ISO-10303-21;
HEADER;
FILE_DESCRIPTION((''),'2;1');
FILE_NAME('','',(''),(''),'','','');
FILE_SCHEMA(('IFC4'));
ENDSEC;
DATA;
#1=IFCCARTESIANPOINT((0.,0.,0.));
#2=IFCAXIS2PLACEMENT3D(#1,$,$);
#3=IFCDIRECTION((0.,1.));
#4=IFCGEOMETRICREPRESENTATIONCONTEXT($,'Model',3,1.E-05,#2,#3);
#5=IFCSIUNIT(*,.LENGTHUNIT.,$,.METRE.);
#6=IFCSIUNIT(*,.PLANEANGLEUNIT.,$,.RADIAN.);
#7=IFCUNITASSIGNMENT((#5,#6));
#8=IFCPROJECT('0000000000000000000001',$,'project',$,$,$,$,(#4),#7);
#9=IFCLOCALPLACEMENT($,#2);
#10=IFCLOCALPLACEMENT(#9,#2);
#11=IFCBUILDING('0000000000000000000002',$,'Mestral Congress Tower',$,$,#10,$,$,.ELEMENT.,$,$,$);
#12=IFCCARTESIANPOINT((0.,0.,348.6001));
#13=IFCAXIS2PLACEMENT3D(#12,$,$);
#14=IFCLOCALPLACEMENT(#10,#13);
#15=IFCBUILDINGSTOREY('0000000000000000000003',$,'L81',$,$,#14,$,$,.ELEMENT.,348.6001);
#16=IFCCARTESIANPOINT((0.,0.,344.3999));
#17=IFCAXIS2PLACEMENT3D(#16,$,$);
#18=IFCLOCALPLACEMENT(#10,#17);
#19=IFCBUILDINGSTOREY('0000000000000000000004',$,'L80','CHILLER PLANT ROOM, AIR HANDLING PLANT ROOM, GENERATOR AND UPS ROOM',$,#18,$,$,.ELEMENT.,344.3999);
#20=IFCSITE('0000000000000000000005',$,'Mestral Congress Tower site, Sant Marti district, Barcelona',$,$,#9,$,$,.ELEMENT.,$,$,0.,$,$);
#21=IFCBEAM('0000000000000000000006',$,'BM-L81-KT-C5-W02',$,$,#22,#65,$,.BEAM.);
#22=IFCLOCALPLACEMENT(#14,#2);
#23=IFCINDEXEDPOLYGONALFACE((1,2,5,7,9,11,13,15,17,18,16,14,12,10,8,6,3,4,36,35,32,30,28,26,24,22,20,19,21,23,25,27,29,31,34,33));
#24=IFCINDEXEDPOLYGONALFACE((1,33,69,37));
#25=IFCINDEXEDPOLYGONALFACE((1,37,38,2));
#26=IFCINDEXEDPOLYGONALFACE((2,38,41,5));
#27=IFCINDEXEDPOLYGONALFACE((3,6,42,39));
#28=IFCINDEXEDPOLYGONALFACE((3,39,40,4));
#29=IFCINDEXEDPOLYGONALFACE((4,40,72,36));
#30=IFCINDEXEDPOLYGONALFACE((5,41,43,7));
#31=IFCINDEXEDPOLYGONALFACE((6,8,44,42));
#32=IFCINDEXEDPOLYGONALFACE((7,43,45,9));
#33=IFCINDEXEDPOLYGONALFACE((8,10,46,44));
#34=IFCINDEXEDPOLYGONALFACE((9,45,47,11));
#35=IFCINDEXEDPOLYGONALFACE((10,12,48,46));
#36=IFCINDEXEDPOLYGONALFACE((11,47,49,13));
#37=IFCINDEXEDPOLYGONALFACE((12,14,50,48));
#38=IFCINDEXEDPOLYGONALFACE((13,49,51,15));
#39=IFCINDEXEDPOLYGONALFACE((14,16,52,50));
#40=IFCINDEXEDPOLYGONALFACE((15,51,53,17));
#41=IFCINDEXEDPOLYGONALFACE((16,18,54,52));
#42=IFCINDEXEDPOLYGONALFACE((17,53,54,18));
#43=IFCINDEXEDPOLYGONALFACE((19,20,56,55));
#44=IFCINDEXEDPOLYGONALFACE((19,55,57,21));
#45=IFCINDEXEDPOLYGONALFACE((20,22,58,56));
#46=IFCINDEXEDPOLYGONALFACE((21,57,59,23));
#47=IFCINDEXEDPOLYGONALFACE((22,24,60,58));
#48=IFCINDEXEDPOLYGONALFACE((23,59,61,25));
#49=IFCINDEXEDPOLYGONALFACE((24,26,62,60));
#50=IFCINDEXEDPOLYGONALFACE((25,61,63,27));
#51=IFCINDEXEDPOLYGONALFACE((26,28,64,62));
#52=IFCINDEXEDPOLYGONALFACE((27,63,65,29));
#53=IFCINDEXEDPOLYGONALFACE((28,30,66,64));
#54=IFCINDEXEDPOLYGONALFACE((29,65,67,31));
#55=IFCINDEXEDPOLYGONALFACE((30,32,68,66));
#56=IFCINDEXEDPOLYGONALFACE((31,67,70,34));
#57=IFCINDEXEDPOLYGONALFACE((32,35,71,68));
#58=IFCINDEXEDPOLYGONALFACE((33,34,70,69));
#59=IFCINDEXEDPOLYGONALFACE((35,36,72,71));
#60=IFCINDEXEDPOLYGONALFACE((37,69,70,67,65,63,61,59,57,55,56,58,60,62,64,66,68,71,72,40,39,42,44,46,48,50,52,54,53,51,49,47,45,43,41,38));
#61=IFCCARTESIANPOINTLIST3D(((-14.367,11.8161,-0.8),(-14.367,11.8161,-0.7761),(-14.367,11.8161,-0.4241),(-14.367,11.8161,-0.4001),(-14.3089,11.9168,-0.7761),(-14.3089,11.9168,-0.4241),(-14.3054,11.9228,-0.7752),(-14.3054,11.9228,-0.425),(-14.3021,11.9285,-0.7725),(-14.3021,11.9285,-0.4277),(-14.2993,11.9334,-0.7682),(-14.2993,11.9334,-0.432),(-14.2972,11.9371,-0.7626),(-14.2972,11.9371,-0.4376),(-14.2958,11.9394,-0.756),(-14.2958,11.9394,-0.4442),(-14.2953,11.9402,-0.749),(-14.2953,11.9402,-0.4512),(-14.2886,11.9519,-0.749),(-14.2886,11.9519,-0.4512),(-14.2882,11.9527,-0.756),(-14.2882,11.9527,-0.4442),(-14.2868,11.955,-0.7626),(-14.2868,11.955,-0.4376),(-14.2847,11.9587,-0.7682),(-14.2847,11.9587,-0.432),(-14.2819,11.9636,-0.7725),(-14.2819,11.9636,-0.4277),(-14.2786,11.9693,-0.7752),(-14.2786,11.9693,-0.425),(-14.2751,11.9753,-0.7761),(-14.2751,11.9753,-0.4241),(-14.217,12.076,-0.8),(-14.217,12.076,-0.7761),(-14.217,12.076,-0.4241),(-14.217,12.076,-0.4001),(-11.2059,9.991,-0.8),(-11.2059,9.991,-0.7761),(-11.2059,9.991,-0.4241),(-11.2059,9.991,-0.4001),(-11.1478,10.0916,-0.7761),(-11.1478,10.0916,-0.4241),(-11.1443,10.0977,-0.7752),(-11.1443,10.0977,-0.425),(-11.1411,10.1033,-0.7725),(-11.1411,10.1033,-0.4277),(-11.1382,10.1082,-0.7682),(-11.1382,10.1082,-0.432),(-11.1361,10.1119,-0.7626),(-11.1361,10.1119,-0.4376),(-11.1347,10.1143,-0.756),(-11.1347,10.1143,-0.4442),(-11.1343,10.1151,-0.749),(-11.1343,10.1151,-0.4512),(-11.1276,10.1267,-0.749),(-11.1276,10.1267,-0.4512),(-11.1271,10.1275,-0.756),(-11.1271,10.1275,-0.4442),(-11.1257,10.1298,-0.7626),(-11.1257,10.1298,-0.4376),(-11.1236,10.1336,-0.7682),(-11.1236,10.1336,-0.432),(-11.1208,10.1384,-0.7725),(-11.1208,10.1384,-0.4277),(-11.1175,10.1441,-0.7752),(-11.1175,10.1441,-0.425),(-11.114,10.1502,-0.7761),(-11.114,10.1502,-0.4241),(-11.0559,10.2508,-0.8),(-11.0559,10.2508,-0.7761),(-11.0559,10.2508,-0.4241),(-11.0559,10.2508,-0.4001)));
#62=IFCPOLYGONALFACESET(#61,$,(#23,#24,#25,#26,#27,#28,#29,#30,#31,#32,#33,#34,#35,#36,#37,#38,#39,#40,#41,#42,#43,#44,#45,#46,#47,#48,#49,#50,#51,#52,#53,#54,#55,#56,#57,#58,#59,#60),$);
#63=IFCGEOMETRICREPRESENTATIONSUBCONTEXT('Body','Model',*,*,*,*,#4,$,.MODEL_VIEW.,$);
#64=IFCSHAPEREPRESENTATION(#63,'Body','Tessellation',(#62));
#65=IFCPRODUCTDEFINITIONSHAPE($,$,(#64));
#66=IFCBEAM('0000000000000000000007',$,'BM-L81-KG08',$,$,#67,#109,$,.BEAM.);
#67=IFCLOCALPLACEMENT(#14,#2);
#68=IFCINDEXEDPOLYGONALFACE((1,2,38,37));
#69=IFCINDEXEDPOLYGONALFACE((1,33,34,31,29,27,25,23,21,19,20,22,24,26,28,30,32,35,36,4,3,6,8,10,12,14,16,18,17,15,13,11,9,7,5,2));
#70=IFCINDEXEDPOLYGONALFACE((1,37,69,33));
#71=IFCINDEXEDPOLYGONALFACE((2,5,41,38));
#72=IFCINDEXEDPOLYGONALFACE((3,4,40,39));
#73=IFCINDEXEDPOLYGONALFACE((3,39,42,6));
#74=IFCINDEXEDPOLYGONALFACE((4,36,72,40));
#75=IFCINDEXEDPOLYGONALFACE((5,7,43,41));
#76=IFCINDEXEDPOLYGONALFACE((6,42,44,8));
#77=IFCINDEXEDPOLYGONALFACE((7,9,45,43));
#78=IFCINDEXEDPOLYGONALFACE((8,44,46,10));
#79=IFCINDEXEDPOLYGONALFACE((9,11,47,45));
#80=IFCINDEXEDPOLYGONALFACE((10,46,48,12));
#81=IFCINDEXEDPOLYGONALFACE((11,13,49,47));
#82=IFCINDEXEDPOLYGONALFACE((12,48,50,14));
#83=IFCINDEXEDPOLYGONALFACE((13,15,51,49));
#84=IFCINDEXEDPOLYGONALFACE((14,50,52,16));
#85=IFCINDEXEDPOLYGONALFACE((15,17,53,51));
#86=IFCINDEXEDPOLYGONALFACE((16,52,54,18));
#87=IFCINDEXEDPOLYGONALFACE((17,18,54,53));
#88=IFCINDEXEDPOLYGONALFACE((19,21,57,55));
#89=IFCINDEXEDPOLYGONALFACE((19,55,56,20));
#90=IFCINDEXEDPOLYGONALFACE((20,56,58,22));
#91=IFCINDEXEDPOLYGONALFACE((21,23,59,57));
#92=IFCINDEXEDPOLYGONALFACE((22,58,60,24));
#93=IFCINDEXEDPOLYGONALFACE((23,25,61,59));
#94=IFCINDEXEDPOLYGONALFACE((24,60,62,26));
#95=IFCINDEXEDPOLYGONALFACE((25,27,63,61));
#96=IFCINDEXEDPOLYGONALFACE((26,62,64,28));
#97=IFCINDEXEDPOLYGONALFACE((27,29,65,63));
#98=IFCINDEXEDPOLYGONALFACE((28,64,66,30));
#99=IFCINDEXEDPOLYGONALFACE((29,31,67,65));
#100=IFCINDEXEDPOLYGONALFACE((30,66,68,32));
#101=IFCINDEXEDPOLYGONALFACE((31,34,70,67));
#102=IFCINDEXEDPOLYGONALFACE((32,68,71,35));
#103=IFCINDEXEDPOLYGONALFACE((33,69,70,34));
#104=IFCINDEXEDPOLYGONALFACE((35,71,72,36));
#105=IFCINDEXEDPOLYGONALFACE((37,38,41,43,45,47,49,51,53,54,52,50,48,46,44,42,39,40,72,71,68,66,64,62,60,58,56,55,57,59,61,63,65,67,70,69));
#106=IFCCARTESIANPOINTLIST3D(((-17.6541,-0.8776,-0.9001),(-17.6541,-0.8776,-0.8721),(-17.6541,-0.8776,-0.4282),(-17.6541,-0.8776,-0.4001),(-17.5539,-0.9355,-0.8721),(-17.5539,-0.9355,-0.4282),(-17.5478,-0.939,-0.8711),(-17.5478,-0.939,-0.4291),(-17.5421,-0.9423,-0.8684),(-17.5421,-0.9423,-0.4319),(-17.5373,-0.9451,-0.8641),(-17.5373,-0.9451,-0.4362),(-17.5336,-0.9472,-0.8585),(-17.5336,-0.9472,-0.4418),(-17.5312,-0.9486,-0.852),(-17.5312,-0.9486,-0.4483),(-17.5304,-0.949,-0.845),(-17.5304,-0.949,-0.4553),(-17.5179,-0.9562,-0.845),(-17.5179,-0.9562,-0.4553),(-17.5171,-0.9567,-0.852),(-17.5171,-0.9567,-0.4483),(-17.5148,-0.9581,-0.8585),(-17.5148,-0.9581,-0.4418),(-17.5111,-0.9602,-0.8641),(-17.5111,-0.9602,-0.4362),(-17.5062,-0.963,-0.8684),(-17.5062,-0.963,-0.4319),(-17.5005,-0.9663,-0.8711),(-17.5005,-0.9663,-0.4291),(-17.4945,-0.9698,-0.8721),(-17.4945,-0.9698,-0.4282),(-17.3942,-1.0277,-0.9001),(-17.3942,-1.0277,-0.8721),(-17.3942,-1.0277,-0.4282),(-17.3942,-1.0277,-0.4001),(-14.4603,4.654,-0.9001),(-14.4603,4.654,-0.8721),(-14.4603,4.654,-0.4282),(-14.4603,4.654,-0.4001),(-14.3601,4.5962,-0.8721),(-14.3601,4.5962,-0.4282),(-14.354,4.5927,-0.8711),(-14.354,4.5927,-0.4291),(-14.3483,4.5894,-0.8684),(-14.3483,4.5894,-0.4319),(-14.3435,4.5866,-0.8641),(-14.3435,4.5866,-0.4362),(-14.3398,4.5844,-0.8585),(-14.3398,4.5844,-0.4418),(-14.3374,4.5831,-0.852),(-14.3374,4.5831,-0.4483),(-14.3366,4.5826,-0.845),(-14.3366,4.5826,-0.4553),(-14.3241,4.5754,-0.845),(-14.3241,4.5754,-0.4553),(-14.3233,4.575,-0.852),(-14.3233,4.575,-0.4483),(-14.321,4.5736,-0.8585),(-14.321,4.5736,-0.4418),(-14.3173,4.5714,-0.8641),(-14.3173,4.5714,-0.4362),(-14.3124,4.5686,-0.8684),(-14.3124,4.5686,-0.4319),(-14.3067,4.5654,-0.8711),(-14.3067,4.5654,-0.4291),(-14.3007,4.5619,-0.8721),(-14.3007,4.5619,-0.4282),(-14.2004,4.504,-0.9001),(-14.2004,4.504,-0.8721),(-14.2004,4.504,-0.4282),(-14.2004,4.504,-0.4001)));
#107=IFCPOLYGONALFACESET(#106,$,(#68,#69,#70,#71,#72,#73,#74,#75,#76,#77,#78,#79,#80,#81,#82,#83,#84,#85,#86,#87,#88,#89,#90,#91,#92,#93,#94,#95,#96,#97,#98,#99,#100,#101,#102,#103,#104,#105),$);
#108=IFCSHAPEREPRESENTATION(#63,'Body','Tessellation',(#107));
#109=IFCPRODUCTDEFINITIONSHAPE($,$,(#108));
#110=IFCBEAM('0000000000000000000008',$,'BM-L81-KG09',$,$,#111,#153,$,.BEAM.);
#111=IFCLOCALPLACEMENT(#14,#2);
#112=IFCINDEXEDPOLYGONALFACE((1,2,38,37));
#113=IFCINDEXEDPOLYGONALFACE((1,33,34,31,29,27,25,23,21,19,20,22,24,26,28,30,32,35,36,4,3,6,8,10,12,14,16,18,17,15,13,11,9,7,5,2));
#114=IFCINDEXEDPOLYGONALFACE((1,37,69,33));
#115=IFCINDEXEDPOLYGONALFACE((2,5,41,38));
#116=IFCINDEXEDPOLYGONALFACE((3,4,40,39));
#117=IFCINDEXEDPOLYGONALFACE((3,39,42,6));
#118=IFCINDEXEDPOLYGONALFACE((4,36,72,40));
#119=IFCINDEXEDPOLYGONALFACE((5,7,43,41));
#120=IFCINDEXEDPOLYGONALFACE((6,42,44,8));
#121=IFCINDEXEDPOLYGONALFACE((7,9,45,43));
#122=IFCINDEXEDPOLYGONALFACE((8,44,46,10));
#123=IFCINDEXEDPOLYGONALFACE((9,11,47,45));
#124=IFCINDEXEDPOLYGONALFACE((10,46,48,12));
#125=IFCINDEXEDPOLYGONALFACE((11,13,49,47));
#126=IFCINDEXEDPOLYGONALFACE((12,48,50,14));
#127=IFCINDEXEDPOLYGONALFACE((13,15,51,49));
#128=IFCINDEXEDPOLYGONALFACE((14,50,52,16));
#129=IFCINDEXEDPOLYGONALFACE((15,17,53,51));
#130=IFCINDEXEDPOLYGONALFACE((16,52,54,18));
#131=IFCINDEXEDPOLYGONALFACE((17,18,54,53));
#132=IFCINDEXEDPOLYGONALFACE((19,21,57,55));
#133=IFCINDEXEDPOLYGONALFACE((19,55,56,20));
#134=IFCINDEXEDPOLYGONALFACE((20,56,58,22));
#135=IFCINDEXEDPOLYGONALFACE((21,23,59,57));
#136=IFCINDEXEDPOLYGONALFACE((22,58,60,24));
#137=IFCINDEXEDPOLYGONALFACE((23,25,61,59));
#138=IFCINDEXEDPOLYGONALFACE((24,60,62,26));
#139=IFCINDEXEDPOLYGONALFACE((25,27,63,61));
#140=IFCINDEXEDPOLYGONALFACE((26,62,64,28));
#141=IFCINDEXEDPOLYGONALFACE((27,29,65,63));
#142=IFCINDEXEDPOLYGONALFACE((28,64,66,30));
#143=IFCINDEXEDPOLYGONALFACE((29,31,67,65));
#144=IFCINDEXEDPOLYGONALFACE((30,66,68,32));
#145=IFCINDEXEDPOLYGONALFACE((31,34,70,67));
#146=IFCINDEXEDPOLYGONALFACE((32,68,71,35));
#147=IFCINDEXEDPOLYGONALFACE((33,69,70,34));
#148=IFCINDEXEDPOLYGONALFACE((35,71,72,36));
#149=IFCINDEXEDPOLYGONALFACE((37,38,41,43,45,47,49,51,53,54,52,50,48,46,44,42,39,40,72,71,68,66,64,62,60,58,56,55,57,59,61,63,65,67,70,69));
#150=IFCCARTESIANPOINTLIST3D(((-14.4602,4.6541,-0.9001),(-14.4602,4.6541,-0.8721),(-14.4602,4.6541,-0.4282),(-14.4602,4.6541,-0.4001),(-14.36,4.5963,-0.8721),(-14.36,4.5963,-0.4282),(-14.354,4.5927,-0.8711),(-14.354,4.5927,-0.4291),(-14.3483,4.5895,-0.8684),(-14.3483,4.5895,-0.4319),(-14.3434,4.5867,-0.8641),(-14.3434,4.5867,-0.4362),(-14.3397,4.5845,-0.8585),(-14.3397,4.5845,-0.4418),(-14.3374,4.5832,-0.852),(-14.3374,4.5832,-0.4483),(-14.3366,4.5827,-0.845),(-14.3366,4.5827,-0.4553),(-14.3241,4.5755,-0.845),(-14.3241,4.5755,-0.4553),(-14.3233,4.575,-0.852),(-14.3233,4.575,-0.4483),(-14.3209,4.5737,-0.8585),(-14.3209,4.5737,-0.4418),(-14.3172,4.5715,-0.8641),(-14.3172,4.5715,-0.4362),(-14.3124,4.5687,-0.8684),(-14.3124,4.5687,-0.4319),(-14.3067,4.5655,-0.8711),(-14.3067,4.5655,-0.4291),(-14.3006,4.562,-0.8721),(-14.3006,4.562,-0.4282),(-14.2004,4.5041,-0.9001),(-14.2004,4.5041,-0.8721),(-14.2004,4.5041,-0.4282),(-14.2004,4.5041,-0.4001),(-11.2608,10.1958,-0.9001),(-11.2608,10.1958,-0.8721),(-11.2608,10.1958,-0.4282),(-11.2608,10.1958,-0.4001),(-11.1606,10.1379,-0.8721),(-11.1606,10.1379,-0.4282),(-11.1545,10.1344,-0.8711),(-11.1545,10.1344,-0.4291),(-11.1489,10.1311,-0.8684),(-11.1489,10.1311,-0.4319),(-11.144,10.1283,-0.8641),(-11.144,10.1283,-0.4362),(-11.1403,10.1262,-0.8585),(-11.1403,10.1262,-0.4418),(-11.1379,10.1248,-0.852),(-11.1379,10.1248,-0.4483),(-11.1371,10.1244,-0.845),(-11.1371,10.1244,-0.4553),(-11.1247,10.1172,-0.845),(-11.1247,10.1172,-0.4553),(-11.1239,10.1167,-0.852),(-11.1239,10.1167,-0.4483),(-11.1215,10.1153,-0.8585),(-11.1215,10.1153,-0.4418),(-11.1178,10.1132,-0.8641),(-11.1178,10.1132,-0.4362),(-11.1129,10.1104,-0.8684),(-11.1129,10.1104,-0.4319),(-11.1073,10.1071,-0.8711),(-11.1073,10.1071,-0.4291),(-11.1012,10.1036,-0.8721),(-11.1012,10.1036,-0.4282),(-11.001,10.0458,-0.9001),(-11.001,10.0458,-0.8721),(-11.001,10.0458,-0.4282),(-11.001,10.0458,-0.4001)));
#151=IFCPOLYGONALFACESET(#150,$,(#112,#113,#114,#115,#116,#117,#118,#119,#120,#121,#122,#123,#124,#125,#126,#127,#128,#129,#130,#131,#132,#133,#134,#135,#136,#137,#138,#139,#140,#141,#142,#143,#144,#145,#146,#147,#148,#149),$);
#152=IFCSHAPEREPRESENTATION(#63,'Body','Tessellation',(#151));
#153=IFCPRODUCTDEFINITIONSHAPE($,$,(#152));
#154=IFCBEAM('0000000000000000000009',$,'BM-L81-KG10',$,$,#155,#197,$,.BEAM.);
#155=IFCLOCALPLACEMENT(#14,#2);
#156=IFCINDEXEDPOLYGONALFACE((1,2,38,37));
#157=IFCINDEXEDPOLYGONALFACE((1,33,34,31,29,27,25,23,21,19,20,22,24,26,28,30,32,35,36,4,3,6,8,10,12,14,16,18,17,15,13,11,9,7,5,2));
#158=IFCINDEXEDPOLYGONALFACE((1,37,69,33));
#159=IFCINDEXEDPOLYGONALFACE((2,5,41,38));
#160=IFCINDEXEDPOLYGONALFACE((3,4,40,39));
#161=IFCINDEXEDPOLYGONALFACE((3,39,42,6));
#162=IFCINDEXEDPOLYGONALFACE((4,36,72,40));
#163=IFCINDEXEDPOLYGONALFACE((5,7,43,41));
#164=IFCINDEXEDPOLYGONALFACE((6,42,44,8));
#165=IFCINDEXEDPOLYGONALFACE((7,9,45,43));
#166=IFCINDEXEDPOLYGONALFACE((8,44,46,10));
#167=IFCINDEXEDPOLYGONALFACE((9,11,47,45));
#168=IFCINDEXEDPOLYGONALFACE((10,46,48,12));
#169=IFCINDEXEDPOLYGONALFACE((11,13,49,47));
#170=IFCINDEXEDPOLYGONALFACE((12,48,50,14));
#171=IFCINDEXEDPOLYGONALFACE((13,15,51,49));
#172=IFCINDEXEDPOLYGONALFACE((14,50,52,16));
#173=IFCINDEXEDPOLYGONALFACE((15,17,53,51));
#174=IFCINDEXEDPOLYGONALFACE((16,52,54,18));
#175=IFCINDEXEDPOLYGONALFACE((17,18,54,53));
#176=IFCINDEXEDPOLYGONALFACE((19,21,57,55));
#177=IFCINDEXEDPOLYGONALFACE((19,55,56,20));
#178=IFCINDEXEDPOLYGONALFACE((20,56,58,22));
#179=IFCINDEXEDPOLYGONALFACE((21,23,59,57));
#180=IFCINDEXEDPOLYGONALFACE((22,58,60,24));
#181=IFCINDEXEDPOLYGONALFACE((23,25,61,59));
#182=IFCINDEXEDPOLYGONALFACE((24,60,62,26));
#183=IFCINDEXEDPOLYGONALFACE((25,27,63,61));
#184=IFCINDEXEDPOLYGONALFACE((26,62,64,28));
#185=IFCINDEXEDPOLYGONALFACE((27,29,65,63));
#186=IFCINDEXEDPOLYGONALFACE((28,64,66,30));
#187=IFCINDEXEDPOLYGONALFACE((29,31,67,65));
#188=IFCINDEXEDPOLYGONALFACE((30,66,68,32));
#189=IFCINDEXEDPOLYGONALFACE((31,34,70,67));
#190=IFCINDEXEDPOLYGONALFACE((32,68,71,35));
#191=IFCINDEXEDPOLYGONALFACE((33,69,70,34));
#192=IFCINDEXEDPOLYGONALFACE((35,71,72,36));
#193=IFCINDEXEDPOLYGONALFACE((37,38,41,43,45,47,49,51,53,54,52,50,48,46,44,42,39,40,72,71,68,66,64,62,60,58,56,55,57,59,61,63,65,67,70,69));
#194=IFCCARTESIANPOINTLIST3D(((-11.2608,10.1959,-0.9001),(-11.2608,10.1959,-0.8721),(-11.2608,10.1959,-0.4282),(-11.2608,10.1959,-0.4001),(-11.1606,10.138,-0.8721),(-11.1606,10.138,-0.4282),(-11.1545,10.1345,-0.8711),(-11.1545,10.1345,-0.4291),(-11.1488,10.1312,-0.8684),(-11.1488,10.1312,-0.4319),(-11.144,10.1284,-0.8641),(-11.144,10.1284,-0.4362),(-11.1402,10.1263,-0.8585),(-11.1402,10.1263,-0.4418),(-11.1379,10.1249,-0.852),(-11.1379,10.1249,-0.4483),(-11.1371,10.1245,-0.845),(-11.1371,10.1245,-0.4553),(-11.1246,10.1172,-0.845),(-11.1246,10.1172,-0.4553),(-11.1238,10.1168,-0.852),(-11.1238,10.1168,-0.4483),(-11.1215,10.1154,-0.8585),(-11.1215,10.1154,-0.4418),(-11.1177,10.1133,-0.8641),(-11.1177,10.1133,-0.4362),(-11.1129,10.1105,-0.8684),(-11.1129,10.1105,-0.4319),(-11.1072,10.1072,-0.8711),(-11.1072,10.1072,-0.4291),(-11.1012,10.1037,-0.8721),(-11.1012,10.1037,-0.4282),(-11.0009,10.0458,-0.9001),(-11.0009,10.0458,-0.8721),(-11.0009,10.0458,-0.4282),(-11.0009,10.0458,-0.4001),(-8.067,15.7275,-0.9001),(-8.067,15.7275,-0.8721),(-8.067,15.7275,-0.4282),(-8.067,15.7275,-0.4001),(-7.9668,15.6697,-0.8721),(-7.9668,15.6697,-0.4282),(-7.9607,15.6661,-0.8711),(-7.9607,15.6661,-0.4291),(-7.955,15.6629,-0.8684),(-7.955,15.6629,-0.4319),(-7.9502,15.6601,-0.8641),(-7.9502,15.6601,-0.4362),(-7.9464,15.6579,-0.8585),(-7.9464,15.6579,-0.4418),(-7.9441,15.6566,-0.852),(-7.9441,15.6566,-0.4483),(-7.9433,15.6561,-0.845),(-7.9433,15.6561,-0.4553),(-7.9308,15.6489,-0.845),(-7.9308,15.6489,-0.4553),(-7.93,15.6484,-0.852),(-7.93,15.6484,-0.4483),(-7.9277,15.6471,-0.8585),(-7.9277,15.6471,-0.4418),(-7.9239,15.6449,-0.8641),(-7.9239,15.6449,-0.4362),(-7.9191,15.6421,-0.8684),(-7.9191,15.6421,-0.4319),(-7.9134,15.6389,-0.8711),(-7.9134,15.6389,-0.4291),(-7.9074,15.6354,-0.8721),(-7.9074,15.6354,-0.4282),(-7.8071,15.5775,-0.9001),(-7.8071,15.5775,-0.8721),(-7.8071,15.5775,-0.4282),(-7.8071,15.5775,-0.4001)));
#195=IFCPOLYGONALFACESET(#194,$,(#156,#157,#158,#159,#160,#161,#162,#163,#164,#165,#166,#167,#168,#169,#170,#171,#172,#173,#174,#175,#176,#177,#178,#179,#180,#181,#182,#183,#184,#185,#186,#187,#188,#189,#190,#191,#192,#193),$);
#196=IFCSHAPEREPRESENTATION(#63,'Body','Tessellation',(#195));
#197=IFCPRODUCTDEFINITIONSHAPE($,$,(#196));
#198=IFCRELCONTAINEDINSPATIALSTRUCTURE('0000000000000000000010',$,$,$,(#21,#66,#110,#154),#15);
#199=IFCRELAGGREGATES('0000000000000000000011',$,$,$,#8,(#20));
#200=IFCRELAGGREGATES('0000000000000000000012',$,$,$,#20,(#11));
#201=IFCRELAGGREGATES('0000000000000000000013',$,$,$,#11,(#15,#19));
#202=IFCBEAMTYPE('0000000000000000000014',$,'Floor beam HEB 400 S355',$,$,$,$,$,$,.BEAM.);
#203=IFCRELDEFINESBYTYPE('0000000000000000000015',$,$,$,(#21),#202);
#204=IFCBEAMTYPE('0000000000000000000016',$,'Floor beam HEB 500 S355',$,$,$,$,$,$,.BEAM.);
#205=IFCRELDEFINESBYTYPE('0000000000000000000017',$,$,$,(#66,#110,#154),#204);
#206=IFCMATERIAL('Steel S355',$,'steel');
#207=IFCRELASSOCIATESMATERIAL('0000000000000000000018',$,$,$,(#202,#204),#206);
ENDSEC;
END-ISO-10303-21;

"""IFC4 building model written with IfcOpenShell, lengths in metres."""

from ifc_helpers import new_model, si_unit, direction, frame, origin, origin_2d, place, context, subcontext, project, spatial, i_section, extrude, material, material_profile, profile_set, type_object, element, save


model = new_model("IFC4")

# Units and contexts
model_context = context("Model", 3, precision=1e-05, world=origin(), true_north=direction((0.0, 1.0)))
body_context = subcontext(model_context, "Body", "Model", "MODEL_VIEW")
ifc_project = project(units=[si_unit("LENGTHUNIT", "METRE"), si_unit("PLANEANGLEUNIT", "RADIAN")], contexts=[model_context])

# Site, building, storey
site_placement = place(None, origin())
site = spatial("IfcSite", under=ifc_project, at=site_placement, Name="Mestral Congress Tower site, Sant Marti district, Barcelona", CompositionType="ELEMENT", RefElevation=0.0)
building_placement = place(site_placement, origin())
building = spatial("IfcBuilding", under=site, at=building_placement, Name="Mestral Congress Tower", CompositionType="ELEMENT")
storey_1_placement = place(building_placement, frame((0.0, 0.0, 348.6001)))
storey_1 = spatial("IfcBuildingStorey", under=building, at=storey_1_placement, Name="L81", CompositionType="ELEMENT", Elevation=348.6001)

# Beams
ifc_material_1 = material(Name="Steel S355", Category="steel")
ifc_material_profile_1 = material_profile(ifc_material_1, i_section(OverallWidth=0.3, OverallDepth=0.3999, WebThickness=0.0134, FlangeThickness=0.0239, FilletRadius=0.0271, at=origin_2d()), Name="HEB 400")
ifc_profile_set_1 = profile_set([ifc_material_profile_1], Name="Steel S355")
beam_type_1 = type_object("IfcBeamType", Name="Floor beam HEB 400 S355", PredefinedType="BEAM", material=ifc_profile_set_1)
beam_1_placement = place(storey_1_placement, frame((-14.292, 11.946, -0.6001), z_axis=(0.866012, -0.500024, 0.0), x_axis=(0.500024, 0.866012, 0.0)))
element("IfcBeam", 1, at=beam_1_placement, inside=storey_1, type_object=beam_type_1, Name="BM-L81-KT-C5-W02", PredefinedType="BEAM", context=body_context, shape_type="SweptSolid", body=[
    extrude(i_section(OverallWidth=0.3, OverallDepth=0.3999, WebThickness=0.0134, FlangeThickness=0.0239, FilletRadius=0.0271, at=origin_2d()), origin(), (0.0, 0.0, 1.0), 3.6501),
])
ifc_material_profile_2 = material_profile(ifc_material_1, i_section(OverallWidth=0.3, OverallDepth=0.5, WebThickness=0.0144, FlangeThickness=0.0281, FilletRadius=0.0271, at=origin_2d()), Name="HEB 500")
ifc_profile_set_2 = profile_set([ifc_material_profile_2], Name="Steel S355")
beam_type_2 = type_object("IfcBeamType", Name="Floor beam HEB 500 S355", PredefinedType="BEAM", material=ifc_profile_set_2)
beam_2_placement = place(storey_1_placement, frame((-17.5242, -0.9526, -0.6501), z_axis=(0.500011, 0.866019, 0.0), x_axis=(-0.866019, 0.500011, 0.0)))
element("IfcBeam", 2, at=beam_2_placement, inside=storey_1, type_object=beam_type_2, Name="BM-L81-KG08", PredefinedType="BEAM", context=body_context, shape_type="SweptSolid", body=[
    extrude(i_section(OverallWidth=0.3, OverallDepth=0.5, WebThickness=0.0144, FlangeThickness=0.0281, FilletRadius=0.0271, at=origin_2d()), origin(), (0.0, 0.0, 1.0), 6.3875),
])
beam_3_placement = place(storey_1_placement, frame((-14.3303, 4.5791, -0.6501), z_axis=(0.499992, 0.86603, 0.0), x_axis=(-0.86603, 0.499992, 0.0)))
element("IfcBeam", 3, at=beam_3_placement, inside=storey_1, type_object=beam_type_2, Name="BM-L81-KG09", PredefinedType="BEAM", context=body_context, shape_type="SweptSolid", body=[
    extrude(i_section(OverallWidth=0.3, OverallDepth=0.5, WebThickness=0.0144, FlangeThickness=0.0281, FilletRadius=0.0271, at=origin_2d()), origin(), (0.0, 0.0, 1.0), 6.3989),
])
beam_4_placement = place(storey_1_placement, frame((-11.1309, 10.1208, -0.6501), z_axis=(0.500011, 0.866019, 0.0), x_axis=(-0.866019, 0.500011, 0.0)))
element("IfcBeam", 4, at=beam_4_placement, inside=storey_1, type_object=beam_type_2, Name="BM-L81-KG10", PredefinedType="BEAM", context=body_context, shape_type="SweptSolid", body=[
    extrude(i_section(OverallWidth=0.3, OverallDepth=0.5, WebThickness=0.0144, FlangeThickness=0.0281, FilletRadius=0.0271, at=origin_2d()), origin(), (0.0, 0.0, 1.0), 6.3875),
])

# Shared definitions
storey_2_placement = place(building_placement, frame((0.0, 0.0, 344.3999)))
storey_2 = spatial("IfcBuildingStorey", under=building, at=storey_2_placement, Name="L80", Description="CHILLER PLANT ROOM, AIR HANDLING PLANT ROOM, GENERATOR AND UPS ROOM", CompositionType="ELEMENT", Elevation=344.3999)

save(model, "model.ifc")
